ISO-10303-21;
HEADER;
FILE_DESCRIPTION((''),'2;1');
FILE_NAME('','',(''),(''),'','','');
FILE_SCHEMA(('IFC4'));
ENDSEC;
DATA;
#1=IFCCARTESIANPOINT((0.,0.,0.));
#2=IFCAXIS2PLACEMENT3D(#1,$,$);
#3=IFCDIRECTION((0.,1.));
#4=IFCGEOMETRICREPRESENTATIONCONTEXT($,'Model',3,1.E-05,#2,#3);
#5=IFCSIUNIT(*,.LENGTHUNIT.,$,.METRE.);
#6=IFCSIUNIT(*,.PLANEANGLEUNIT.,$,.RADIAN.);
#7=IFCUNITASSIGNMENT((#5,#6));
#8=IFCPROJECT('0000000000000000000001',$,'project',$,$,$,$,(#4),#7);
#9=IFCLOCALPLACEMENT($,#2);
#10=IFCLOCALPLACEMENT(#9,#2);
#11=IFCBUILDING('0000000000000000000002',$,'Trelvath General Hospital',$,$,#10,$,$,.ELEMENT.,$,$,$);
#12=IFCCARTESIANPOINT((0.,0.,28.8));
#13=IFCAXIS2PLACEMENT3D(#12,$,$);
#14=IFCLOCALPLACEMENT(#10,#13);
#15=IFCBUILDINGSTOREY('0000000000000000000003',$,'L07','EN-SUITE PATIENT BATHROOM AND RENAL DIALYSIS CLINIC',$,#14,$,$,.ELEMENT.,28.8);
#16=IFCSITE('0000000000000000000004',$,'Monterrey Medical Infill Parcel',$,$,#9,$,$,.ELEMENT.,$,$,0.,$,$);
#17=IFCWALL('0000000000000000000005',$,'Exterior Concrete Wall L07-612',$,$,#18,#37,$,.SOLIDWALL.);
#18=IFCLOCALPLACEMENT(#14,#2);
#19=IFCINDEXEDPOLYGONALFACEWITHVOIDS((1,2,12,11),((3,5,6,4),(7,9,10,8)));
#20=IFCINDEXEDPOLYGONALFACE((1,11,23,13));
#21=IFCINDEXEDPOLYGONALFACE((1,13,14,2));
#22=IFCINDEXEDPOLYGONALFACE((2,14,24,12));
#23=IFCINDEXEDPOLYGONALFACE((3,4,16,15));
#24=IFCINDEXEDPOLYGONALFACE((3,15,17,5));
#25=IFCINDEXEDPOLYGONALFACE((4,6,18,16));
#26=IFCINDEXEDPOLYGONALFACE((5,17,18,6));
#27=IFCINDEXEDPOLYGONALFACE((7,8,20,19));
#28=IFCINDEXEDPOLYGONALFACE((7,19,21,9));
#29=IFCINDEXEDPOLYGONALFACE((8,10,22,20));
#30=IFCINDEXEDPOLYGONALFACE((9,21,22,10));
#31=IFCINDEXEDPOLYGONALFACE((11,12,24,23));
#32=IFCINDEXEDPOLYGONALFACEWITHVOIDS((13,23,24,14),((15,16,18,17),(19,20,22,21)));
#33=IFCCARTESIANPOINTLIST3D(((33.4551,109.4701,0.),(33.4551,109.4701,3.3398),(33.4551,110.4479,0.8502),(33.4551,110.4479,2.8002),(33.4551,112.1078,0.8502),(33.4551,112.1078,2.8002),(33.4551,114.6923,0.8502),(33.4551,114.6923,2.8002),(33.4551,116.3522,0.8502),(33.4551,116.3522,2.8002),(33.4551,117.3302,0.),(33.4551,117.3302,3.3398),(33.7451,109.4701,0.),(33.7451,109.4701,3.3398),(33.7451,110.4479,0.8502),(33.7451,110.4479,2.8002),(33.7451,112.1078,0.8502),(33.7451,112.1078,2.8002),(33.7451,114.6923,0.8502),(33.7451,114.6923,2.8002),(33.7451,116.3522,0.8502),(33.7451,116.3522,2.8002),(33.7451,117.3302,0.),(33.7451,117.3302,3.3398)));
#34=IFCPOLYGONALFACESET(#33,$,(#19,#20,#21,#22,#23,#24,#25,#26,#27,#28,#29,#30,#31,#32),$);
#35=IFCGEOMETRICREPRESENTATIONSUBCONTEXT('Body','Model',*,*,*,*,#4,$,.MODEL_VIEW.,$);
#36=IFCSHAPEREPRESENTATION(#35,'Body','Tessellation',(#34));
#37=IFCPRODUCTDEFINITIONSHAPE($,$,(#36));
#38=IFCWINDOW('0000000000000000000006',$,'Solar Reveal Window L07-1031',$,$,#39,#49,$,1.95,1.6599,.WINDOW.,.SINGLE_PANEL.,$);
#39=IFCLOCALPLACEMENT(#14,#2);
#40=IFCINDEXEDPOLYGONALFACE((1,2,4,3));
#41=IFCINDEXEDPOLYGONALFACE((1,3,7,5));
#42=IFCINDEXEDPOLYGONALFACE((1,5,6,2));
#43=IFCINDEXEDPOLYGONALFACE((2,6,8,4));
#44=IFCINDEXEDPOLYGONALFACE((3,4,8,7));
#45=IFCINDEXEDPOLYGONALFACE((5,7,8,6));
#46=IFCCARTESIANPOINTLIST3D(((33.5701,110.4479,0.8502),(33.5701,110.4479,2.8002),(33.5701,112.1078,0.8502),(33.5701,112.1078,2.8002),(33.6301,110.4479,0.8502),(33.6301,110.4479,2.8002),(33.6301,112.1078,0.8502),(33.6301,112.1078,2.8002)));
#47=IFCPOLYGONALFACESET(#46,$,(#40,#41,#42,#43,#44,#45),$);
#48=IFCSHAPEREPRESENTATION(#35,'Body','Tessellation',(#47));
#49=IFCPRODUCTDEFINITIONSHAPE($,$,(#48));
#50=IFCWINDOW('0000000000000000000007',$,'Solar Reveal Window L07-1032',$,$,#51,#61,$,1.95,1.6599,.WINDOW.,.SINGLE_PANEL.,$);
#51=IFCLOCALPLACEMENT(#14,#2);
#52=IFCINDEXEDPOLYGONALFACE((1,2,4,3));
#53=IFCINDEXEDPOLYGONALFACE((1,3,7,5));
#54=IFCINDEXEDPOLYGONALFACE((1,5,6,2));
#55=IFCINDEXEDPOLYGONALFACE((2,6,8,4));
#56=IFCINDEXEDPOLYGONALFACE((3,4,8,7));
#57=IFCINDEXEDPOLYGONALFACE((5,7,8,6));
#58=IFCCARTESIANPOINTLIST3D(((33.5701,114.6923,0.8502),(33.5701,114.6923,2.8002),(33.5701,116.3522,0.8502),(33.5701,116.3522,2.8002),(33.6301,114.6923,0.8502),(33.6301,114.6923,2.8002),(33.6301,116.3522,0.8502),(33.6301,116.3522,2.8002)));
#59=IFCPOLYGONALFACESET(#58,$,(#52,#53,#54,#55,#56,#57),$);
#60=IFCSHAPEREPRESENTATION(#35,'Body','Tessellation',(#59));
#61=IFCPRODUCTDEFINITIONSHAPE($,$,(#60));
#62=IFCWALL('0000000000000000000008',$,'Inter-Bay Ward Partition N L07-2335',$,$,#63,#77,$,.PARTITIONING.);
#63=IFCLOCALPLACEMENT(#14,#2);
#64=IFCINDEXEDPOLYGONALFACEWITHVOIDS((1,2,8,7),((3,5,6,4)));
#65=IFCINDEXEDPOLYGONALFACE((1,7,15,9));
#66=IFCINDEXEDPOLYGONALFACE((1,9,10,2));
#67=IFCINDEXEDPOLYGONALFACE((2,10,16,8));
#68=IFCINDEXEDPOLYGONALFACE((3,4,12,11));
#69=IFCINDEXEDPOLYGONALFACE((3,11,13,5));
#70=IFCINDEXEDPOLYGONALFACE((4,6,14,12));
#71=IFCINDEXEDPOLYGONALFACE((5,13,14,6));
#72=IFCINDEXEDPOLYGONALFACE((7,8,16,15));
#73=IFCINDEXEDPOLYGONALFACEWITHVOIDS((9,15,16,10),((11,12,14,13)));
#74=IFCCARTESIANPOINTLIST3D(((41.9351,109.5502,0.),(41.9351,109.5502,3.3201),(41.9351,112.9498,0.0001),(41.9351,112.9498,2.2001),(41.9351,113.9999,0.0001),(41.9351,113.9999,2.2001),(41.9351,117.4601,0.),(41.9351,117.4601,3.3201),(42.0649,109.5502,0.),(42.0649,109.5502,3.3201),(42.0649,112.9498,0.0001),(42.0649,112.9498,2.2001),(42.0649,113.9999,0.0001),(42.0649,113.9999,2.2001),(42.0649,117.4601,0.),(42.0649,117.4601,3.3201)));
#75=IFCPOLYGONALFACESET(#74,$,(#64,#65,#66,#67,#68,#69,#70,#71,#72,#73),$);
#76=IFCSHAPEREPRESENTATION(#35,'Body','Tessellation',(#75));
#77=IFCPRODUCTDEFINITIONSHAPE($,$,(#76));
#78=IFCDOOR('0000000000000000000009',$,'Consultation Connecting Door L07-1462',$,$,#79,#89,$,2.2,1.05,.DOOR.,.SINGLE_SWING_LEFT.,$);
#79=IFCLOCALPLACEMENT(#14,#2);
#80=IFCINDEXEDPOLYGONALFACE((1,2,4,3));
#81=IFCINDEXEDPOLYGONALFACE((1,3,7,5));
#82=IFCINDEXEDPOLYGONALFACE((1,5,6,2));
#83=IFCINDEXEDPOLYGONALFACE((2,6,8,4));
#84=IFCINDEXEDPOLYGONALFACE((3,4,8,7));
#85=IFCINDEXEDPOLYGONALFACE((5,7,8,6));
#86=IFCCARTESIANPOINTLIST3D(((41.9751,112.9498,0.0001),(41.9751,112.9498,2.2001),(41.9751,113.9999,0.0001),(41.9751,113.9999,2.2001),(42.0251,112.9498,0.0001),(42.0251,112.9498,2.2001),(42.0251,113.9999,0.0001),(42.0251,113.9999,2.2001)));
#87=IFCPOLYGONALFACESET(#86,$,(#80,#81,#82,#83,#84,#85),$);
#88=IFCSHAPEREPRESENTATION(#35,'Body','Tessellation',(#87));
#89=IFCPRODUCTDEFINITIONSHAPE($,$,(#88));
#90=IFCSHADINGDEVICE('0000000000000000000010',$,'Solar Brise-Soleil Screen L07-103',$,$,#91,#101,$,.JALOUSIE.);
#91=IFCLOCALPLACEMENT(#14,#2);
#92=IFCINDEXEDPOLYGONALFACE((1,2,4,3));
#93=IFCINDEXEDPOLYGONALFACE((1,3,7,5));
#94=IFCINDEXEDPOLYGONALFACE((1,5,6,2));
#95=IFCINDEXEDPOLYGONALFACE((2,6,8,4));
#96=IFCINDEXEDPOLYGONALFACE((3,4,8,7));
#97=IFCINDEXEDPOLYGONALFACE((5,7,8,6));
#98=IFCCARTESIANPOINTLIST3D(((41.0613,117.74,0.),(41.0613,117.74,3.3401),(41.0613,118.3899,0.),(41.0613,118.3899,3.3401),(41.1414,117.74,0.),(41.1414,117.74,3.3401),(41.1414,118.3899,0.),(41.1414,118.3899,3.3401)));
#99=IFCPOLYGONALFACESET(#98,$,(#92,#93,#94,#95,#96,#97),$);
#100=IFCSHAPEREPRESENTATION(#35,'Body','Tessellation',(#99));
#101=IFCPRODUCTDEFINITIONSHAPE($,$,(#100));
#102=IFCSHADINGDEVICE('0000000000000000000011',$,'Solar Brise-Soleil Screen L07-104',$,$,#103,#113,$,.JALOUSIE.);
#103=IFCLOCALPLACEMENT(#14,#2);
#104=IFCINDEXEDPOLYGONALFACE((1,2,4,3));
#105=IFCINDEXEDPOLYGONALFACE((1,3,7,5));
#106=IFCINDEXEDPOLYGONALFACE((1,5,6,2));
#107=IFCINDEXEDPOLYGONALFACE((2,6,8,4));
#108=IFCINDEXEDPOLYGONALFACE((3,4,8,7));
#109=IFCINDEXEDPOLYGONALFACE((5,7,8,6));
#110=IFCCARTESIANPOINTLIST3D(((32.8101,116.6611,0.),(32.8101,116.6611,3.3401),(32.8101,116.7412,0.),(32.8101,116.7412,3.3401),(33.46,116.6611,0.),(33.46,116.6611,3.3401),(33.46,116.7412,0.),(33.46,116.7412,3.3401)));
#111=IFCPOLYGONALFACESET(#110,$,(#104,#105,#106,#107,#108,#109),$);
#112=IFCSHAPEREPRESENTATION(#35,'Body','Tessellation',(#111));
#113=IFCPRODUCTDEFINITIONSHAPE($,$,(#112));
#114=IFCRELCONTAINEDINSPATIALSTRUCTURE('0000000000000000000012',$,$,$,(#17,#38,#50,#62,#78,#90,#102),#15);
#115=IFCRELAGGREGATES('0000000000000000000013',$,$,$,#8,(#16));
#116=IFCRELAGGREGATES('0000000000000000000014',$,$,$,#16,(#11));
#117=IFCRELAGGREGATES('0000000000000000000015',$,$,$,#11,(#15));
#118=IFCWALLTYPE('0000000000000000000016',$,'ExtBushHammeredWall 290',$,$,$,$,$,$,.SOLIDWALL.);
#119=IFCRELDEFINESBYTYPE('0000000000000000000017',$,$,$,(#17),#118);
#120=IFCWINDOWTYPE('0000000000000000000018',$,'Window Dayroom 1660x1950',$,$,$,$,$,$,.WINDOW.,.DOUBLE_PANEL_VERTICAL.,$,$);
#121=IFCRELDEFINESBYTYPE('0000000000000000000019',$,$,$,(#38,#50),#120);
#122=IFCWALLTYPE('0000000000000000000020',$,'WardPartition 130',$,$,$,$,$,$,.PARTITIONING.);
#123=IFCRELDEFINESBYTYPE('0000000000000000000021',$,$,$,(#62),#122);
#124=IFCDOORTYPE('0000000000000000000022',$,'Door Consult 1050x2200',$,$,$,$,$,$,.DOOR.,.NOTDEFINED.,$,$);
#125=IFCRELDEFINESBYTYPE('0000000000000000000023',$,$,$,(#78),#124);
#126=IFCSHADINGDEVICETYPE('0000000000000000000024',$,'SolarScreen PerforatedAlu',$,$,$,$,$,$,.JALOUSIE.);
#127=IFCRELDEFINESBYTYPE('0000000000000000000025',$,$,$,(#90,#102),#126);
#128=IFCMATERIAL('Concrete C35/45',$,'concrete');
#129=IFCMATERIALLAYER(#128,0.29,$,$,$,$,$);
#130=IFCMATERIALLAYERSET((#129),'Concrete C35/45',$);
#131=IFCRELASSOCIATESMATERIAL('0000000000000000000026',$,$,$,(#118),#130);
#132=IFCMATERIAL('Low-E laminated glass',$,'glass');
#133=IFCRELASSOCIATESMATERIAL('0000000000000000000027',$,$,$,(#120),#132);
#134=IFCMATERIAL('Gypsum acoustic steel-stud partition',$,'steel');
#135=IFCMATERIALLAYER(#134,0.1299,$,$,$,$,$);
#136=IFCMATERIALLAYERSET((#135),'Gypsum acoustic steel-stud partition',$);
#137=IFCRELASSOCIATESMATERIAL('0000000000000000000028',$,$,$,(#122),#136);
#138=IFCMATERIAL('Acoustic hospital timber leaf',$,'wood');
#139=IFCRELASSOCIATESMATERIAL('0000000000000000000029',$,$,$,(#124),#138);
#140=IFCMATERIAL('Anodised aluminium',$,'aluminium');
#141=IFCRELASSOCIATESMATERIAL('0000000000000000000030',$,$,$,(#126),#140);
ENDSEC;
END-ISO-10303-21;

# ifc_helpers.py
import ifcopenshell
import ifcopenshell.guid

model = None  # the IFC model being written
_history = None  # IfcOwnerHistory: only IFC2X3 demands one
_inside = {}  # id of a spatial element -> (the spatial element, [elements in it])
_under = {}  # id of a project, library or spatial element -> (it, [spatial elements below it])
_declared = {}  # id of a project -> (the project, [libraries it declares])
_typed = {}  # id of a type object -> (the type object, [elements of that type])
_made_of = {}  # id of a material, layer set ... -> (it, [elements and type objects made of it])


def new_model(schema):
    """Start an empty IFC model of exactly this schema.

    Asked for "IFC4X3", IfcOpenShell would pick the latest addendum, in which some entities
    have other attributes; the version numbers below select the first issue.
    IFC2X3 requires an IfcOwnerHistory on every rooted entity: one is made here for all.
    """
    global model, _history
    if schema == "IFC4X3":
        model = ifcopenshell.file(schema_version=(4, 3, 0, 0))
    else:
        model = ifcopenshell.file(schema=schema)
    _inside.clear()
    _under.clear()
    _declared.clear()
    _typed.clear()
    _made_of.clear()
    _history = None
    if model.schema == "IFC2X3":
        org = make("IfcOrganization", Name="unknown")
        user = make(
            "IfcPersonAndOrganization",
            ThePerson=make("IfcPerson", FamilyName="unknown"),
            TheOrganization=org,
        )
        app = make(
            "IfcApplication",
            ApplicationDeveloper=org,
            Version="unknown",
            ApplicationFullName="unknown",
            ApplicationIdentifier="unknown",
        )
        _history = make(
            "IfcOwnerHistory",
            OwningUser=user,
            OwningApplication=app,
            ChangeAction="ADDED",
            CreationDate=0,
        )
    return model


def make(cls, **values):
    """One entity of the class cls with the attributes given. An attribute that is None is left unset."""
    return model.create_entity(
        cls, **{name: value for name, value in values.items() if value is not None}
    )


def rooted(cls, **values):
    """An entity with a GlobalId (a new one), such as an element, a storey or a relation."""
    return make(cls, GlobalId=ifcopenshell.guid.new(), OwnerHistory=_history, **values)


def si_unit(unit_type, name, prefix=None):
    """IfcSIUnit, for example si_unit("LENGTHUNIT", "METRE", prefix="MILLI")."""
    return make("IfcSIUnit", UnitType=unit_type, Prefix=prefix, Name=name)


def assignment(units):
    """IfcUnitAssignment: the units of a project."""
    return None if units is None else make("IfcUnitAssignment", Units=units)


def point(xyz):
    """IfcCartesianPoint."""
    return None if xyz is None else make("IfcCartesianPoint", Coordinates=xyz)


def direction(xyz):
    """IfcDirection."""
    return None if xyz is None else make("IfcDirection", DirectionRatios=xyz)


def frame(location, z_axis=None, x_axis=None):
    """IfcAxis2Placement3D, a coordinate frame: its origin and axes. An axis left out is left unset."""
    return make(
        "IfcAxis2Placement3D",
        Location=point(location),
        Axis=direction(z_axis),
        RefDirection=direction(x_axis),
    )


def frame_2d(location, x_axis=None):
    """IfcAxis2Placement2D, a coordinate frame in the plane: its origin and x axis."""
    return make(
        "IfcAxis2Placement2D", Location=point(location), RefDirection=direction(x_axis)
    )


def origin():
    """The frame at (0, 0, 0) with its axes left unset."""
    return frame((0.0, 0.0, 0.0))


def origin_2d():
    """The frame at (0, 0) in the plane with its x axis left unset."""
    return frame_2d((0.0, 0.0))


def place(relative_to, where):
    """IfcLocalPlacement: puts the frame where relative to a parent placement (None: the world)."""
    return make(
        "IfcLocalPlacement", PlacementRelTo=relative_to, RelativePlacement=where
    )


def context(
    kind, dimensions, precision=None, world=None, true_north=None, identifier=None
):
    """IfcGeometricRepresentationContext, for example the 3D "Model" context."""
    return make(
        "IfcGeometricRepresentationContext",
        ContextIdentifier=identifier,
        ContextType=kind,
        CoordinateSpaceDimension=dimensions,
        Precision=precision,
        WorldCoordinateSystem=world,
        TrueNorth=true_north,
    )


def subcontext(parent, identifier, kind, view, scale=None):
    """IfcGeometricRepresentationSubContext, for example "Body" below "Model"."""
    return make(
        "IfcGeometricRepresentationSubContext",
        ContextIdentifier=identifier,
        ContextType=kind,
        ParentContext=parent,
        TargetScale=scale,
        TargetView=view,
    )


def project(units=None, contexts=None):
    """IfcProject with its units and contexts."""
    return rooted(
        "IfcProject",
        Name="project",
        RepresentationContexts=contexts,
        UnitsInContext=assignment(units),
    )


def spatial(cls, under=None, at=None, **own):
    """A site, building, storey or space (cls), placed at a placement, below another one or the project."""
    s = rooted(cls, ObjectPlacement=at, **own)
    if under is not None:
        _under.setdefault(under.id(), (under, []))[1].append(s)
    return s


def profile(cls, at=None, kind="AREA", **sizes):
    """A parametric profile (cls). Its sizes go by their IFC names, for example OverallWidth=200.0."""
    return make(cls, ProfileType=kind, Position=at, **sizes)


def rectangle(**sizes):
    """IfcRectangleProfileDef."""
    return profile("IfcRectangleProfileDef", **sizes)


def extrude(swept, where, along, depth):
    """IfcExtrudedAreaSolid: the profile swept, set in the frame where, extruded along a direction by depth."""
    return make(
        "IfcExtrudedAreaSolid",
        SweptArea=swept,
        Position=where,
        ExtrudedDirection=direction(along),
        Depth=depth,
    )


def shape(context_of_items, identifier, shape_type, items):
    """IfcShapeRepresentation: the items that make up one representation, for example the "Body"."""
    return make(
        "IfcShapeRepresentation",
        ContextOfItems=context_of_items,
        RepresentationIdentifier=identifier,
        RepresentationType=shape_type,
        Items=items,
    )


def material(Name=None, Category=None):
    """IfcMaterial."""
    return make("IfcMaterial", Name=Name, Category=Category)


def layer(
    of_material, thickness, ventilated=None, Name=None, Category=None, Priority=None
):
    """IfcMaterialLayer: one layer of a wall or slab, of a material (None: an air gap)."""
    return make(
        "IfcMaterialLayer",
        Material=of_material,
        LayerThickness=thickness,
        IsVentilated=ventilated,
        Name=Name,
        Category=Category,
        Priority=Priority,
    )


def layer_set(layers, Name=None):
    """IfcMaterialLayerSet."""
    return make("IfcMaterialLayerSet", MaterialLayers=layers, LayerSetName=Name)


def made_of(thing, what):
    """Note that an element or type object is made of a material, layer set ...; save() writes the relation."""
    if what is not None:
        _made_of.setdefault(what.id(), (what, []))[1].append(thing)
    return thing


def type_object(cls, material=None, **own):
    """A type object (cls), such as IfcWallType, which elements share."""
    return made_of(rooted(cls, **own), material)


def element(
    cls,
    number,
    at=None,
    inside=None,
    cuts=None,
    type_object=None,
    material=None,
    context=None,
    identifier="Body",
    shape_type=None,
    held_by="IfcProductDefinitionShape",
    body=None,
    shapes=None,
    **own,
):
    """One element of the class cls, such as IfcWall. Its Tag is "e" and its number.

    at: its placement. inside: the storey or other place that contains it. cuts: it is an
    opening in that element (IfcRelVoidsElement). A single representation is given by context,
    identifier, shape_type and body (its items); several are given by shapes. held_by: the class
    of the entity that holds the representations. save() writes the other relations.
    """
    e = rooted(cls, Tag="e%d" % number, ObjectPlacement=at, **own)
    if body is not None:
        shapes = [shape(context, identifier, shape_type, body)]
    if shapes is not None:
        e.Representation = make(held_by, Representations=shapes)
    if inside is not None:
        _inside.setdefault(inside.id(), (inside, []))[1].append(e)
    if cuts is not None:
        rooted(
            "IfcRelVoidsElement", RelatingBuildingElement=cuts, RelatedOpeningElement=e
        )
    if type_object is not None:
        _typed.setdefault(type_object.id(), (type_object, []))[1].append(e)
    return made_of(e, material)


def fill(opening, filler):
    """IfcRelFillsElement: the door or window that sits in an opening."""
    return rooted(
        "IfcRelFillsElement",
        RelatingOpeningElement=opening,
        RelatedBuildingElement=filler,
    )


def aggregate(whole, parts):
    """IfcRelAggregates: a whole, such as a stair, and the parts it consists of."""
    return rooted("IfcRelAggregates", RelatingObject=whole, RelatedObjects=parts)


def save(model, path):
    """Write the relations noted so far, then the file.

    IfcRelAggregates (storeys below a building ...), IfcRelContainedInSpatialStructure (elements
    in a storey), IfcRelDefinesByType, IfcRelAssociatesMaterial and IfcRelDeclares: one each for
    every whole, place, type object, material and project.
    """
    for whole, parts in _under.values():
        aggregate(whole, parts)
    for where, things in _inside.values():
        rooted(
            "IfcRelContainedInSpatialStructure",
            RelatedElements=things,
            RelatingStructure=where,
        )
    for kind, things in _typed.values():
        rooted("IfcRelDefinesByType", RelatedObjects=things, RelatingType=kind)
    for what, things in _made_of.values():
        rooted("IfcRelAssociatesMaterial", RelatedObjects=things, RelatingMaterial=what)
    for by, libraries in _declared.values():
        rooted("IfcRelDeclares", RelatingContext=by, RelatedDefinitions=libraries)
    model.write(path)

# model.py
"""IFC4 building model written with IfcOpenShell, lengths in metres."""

from ifc_helpers import new_model, si_unit, direction, frame, frame_2d, origin, origin_2d, place, context, subcontext, project, spatial, rectangle, extrude, material, layer, layer_set, type_object, element, fill, save


model = new_model("IFC4")

# Units and contexts
model_context = context("Model", 3, precision=1e-05, world=origin(), true_north=direction((0.0, 1.0)))
body_context = subcontext(model_context, "Body", "Model", "MODEL_VIEW")
ifc_project = project(units=[si_unit("LENGTHUNIT", "METRE"), si_unit("PLANEANGLEUNIT", "RADIAN")], contexts=[model_context])

# Site, building, storey
site_placement = place(None, origin())
site = spatial("IfcSite", under=ifc_project, at=site_placement, Name="Monterrey Medical Infill Parcel", CompositionType="ELEMENT", RefElevation=0.0)
building_placement = place(site_placement, origin())
building = spatial("IfcBuilding", under=site, at=building_placement, Name="Trelvath General Hospital", CompositionType="ELEMENT")
storey_placement = place(building_placement, frame((0.0, 0.0, 28.8)))
storey = spatial("IfcBuildingStorey", under=building, at=storey_placement, Name="L07", Description="EN-SUITE PATIENT BATHROOM AND RENAL DIALYSIS CLINIC", CompositionType="ELEMENT", Elevation=28.8)

# Wall, openings, windows
ifc_material_1 = material(Name="Concrete C35/45", Category="concrete")
ifc_layer_1 = layer(ifc_material_1, 0.29)
ifc_layer_set_1 = layer_set([ifc_layer_1], Name="Concrete C35/45")
wall_type_1 = type_object("IfcWallType", Name="ExtBushHammeredWall 290", PredefinedType="SOLIDWALL", material=ifc_layer_set_1)
wall_1_placement = place(storey_placement, frame((33.6001, 109.47, 0.0), z_axis=(0.0, 0.0, 1.0), x_axis=(0.0, 1.0, 0.0)))
wall_1 = element("IfcWall", 1, at=wall_1_placement, inside=storey, type_object=wall_type_1, Name="Exterior Concrete Wall L07-612", PredefinedType="SOLIDWALL", context=body_context, shape_type="SweptSolid", body=[
    extrude(rectangle(XDim=7.8601, YDim=0.29, at=frame_2d((3.9302, 0.0))), origin(), (0.0, 0.0, 1.0), 3.3398),
])
opening_1_placement = place(wall_1_placement, frame((0.9778, 0.0, 0.8501)))
opening_1 = element("IfcOpeningElement", 2, at=opening_1_placement, cuts=wall_1, PredefinedType="OPENING", context=body_context, shape_type="SweptSolid", body=[
    extrude(rectangle(XDim=1.6599, YDim=1.95, at=frame_2d((0.8301, 0.9751))), frame((0.0, 0.155, 0.0), z_axis=(0.0, -1.0, 0.0), x_axis=(1.0, 0.0, 0.0)), (0.0, 0.0, 1.0), 0.3101),
])
opening_2_placement = place(wall_1_placement, frame((5.2222, 0.0, 0.8501)))
opening_2 = element("IfcOpeningElement", 3, at=opening_2_placement, cuts=wall_1, PredefinedType="OPENING", context=body_context, shape_type="SweptSolid", body=[
    extrude(rectangle(XDim=1.6599, YDim=1.95, at=frame_2d((0.8301, 0.9751))), frame((0.0, 0.155, 0.0), z_axis=(0.0, -1.0, 0.0), x_axis=(1.0, 0.0, 0.0)), (0.0, 0.0, 1.0), 0.3101),
])
ifc_material_2 = material(Name="Low-E laminated glass", Category="glass")
window_type_1 = type_object("IfcWindowType", Name="Window Dayroom 1660x1950", PartitioningType="DOUBLE_PANEL_VERTICAL", PredefinedType="WINDOW", material=ifc_material_2)
window_1_placement = place(opening_1_placement, origin())
window_1 = element("IfcWindow", 4, at=window_1_placement, inside=storey, type_object=window_type_1, Name="Solar Reveal Window L07-1031", OverallHeight=1.95, OverallWidth=1.6599, PartitioningType="SINGLE_PANEL", PredefinedType="WINDOW", context=body_context, shape_type="SweptSolid", body=[
    extrude(rectangle(XDim=1.6599, YDim=1.95, at=frame_2d((0.8301, 0.9751))), frame((0.0, 0.03, 0.0), z_axis=(0.0, -1.0, 0.0), x_axis=(1.0, 0.0, 0.0)), (0.0, 0.0, 1.0), 0.0601),
])
fill(opening_1, window_1)
window_2_placement = place(opening_2_placement, origin())
window_2 = element("IfcWindow", 5, at=window_2_placement, inside=storey, type_object=window_type_1, Name="Solar Reveal Window L07-1032", OverallHeight=1.95, OverallWidth=1.6599, PartitioningType="SINGLE_PANEL", PredefinedType="WINDOW", context=body_context, shape_type="SweptSolid", body=[
    extrude(rectangle(XDim=1.6599, YDim=1.95, at=frame_2d((0.8301, 0.9751))), frame((0.0, 0.03, 0.0), z_axis=(0.0, -1.0, 0.0), x_axis=(1.0, 0.0, 0.0)), (0.0, 0.0, 1.0), 0.0601),
])
fill(opening_2, window_2)

# Wall, opening, door
ifc_material_3 = material(Name="Gypsum acoustic steel-stud partition", Category="steel")
ifc_layer_2 = layer(ifc_material_3, 0.1299)
ifc_layer_set_2 = layer_set([ifc_layer_2], Name="Gypsum acoustic steel-stud partition")
wall_type_2 = type_object("IfcWallType", Name="WardPartition 130", PredefinedType="PARTITIONING", material=ifc_layer_set_2)
wall_2_placement = place(storey_placement, frame((42.0, 109.55, 0.0), z_axis=(0.0, 0.0, 1.0), x_axis=(0.0, 1.0, 0.0)))
wall_2 = element("IfcWall", 6, at=wall_2_placement, inside=storey, type_object=wall_type_2, Name="Inter-Bay Ward Partition N L07-2335", PredefinedType="PARTITIONING", context=body_context, shape_type="SweptSolid", body=[
    extrude(rectangle(XDim=7.9099, YDim=0.1299, at=frame_2d((3.9551, 0.0))), origin(), (0.0, 0.0, 1.0), 3.3201),
])
opening_3_placement = place(wall_2_placement, frame((3.3999, 0.0, 0.0)))
opening_3 = element("IfcOpeningElement", 7, at=opening_3_placement, cuts=wall_2, PredefinedType="OPENING", context=body_context, shape_type="SweptSolid", body=[
    extrude(rectangle(XDim=1.05, YDim=2.2, at=frame_2d((0.5249, 1.1001))), frame((0.0, 0.075, 0.0), z_axis=(0.0, -1.0, 0.0), x_axis=(1.0, 0.0, 0.0)), (0.0, 0.0, 1.0), 0.1499),
])
ifc_material_4 = material(Name="Acoustic hospital timber leaf", Category="wood")
door_type = type_object("IfcDoorType", Name="Door Consult 1050x2200", OperationType="NOTDEFINED", PredefinedType="DOOR", material=ifc_material_4)
door_placement = place(opening_3_placement, origin())
door = element("IfcDoor", 8, at=door_placement, inside=storey, type_object=door_type, Name="Consultation Connecting Door L07-1462", OperationType="SINGLE_SWING_LEFT", OverallHeight=2.2, OverallWidth=1.05, PredefinedType="DOOR", context=body_context, shape_type="SweptSolid", body=[
    extrude(rectangle(XDim=1.05, YDim=2.2, at=frame_2d((0.5249, 1.1001))), frame((0.0, 0.0249, 0.0), z_axis=(0.0, -1.0, 0.0), x_axis=(1.0, 0.0, 0.0)), (0.0, 0.0, 1.0), 0.05),
])
fill(opening_3, door)

# Shading devices
ifc_material_5 = material(Name="Anodised aluminium", Category="aluminium")
shading_device_type = type_object("IfcShadingDeviceType", Name="SolarScreen PerforatedAlu", PredefinedType="JALOUSIE", material=ifc_material_5)
for number, where, z_axis, x_axis, name in (
    (9, (41.1013, 118.0649, 0.0), (0.0, 0.0, 1.0), (0.0, 1.0, 0.0), "Solar Brise-Soleil Screen L07-103"),
    (10, (33.135, 116.7012, 0.0), (0.0, 0.0, 1.0), (-1.0, 0.0, 0.0), "Solar Brise-Soleil Screen L07-104"),
):
    element("IfcShadingDevice", number, at=place(storey_placement, frame(where, z_axis=z_axis, x_axis=x_axis)), inside=storey, type_object=shading_device_type, Name=name, PredefinedType="JALOUSIE", context=body_context, shape_type="SweptSolid", body=[
        extrude(rectangle(XDim=0.6499, YDim=0.0801, at=origin_2d()), origin(), (0.0, 0.0, 1.0), 3.3401),
    ])

save(model, "model.ifc")
